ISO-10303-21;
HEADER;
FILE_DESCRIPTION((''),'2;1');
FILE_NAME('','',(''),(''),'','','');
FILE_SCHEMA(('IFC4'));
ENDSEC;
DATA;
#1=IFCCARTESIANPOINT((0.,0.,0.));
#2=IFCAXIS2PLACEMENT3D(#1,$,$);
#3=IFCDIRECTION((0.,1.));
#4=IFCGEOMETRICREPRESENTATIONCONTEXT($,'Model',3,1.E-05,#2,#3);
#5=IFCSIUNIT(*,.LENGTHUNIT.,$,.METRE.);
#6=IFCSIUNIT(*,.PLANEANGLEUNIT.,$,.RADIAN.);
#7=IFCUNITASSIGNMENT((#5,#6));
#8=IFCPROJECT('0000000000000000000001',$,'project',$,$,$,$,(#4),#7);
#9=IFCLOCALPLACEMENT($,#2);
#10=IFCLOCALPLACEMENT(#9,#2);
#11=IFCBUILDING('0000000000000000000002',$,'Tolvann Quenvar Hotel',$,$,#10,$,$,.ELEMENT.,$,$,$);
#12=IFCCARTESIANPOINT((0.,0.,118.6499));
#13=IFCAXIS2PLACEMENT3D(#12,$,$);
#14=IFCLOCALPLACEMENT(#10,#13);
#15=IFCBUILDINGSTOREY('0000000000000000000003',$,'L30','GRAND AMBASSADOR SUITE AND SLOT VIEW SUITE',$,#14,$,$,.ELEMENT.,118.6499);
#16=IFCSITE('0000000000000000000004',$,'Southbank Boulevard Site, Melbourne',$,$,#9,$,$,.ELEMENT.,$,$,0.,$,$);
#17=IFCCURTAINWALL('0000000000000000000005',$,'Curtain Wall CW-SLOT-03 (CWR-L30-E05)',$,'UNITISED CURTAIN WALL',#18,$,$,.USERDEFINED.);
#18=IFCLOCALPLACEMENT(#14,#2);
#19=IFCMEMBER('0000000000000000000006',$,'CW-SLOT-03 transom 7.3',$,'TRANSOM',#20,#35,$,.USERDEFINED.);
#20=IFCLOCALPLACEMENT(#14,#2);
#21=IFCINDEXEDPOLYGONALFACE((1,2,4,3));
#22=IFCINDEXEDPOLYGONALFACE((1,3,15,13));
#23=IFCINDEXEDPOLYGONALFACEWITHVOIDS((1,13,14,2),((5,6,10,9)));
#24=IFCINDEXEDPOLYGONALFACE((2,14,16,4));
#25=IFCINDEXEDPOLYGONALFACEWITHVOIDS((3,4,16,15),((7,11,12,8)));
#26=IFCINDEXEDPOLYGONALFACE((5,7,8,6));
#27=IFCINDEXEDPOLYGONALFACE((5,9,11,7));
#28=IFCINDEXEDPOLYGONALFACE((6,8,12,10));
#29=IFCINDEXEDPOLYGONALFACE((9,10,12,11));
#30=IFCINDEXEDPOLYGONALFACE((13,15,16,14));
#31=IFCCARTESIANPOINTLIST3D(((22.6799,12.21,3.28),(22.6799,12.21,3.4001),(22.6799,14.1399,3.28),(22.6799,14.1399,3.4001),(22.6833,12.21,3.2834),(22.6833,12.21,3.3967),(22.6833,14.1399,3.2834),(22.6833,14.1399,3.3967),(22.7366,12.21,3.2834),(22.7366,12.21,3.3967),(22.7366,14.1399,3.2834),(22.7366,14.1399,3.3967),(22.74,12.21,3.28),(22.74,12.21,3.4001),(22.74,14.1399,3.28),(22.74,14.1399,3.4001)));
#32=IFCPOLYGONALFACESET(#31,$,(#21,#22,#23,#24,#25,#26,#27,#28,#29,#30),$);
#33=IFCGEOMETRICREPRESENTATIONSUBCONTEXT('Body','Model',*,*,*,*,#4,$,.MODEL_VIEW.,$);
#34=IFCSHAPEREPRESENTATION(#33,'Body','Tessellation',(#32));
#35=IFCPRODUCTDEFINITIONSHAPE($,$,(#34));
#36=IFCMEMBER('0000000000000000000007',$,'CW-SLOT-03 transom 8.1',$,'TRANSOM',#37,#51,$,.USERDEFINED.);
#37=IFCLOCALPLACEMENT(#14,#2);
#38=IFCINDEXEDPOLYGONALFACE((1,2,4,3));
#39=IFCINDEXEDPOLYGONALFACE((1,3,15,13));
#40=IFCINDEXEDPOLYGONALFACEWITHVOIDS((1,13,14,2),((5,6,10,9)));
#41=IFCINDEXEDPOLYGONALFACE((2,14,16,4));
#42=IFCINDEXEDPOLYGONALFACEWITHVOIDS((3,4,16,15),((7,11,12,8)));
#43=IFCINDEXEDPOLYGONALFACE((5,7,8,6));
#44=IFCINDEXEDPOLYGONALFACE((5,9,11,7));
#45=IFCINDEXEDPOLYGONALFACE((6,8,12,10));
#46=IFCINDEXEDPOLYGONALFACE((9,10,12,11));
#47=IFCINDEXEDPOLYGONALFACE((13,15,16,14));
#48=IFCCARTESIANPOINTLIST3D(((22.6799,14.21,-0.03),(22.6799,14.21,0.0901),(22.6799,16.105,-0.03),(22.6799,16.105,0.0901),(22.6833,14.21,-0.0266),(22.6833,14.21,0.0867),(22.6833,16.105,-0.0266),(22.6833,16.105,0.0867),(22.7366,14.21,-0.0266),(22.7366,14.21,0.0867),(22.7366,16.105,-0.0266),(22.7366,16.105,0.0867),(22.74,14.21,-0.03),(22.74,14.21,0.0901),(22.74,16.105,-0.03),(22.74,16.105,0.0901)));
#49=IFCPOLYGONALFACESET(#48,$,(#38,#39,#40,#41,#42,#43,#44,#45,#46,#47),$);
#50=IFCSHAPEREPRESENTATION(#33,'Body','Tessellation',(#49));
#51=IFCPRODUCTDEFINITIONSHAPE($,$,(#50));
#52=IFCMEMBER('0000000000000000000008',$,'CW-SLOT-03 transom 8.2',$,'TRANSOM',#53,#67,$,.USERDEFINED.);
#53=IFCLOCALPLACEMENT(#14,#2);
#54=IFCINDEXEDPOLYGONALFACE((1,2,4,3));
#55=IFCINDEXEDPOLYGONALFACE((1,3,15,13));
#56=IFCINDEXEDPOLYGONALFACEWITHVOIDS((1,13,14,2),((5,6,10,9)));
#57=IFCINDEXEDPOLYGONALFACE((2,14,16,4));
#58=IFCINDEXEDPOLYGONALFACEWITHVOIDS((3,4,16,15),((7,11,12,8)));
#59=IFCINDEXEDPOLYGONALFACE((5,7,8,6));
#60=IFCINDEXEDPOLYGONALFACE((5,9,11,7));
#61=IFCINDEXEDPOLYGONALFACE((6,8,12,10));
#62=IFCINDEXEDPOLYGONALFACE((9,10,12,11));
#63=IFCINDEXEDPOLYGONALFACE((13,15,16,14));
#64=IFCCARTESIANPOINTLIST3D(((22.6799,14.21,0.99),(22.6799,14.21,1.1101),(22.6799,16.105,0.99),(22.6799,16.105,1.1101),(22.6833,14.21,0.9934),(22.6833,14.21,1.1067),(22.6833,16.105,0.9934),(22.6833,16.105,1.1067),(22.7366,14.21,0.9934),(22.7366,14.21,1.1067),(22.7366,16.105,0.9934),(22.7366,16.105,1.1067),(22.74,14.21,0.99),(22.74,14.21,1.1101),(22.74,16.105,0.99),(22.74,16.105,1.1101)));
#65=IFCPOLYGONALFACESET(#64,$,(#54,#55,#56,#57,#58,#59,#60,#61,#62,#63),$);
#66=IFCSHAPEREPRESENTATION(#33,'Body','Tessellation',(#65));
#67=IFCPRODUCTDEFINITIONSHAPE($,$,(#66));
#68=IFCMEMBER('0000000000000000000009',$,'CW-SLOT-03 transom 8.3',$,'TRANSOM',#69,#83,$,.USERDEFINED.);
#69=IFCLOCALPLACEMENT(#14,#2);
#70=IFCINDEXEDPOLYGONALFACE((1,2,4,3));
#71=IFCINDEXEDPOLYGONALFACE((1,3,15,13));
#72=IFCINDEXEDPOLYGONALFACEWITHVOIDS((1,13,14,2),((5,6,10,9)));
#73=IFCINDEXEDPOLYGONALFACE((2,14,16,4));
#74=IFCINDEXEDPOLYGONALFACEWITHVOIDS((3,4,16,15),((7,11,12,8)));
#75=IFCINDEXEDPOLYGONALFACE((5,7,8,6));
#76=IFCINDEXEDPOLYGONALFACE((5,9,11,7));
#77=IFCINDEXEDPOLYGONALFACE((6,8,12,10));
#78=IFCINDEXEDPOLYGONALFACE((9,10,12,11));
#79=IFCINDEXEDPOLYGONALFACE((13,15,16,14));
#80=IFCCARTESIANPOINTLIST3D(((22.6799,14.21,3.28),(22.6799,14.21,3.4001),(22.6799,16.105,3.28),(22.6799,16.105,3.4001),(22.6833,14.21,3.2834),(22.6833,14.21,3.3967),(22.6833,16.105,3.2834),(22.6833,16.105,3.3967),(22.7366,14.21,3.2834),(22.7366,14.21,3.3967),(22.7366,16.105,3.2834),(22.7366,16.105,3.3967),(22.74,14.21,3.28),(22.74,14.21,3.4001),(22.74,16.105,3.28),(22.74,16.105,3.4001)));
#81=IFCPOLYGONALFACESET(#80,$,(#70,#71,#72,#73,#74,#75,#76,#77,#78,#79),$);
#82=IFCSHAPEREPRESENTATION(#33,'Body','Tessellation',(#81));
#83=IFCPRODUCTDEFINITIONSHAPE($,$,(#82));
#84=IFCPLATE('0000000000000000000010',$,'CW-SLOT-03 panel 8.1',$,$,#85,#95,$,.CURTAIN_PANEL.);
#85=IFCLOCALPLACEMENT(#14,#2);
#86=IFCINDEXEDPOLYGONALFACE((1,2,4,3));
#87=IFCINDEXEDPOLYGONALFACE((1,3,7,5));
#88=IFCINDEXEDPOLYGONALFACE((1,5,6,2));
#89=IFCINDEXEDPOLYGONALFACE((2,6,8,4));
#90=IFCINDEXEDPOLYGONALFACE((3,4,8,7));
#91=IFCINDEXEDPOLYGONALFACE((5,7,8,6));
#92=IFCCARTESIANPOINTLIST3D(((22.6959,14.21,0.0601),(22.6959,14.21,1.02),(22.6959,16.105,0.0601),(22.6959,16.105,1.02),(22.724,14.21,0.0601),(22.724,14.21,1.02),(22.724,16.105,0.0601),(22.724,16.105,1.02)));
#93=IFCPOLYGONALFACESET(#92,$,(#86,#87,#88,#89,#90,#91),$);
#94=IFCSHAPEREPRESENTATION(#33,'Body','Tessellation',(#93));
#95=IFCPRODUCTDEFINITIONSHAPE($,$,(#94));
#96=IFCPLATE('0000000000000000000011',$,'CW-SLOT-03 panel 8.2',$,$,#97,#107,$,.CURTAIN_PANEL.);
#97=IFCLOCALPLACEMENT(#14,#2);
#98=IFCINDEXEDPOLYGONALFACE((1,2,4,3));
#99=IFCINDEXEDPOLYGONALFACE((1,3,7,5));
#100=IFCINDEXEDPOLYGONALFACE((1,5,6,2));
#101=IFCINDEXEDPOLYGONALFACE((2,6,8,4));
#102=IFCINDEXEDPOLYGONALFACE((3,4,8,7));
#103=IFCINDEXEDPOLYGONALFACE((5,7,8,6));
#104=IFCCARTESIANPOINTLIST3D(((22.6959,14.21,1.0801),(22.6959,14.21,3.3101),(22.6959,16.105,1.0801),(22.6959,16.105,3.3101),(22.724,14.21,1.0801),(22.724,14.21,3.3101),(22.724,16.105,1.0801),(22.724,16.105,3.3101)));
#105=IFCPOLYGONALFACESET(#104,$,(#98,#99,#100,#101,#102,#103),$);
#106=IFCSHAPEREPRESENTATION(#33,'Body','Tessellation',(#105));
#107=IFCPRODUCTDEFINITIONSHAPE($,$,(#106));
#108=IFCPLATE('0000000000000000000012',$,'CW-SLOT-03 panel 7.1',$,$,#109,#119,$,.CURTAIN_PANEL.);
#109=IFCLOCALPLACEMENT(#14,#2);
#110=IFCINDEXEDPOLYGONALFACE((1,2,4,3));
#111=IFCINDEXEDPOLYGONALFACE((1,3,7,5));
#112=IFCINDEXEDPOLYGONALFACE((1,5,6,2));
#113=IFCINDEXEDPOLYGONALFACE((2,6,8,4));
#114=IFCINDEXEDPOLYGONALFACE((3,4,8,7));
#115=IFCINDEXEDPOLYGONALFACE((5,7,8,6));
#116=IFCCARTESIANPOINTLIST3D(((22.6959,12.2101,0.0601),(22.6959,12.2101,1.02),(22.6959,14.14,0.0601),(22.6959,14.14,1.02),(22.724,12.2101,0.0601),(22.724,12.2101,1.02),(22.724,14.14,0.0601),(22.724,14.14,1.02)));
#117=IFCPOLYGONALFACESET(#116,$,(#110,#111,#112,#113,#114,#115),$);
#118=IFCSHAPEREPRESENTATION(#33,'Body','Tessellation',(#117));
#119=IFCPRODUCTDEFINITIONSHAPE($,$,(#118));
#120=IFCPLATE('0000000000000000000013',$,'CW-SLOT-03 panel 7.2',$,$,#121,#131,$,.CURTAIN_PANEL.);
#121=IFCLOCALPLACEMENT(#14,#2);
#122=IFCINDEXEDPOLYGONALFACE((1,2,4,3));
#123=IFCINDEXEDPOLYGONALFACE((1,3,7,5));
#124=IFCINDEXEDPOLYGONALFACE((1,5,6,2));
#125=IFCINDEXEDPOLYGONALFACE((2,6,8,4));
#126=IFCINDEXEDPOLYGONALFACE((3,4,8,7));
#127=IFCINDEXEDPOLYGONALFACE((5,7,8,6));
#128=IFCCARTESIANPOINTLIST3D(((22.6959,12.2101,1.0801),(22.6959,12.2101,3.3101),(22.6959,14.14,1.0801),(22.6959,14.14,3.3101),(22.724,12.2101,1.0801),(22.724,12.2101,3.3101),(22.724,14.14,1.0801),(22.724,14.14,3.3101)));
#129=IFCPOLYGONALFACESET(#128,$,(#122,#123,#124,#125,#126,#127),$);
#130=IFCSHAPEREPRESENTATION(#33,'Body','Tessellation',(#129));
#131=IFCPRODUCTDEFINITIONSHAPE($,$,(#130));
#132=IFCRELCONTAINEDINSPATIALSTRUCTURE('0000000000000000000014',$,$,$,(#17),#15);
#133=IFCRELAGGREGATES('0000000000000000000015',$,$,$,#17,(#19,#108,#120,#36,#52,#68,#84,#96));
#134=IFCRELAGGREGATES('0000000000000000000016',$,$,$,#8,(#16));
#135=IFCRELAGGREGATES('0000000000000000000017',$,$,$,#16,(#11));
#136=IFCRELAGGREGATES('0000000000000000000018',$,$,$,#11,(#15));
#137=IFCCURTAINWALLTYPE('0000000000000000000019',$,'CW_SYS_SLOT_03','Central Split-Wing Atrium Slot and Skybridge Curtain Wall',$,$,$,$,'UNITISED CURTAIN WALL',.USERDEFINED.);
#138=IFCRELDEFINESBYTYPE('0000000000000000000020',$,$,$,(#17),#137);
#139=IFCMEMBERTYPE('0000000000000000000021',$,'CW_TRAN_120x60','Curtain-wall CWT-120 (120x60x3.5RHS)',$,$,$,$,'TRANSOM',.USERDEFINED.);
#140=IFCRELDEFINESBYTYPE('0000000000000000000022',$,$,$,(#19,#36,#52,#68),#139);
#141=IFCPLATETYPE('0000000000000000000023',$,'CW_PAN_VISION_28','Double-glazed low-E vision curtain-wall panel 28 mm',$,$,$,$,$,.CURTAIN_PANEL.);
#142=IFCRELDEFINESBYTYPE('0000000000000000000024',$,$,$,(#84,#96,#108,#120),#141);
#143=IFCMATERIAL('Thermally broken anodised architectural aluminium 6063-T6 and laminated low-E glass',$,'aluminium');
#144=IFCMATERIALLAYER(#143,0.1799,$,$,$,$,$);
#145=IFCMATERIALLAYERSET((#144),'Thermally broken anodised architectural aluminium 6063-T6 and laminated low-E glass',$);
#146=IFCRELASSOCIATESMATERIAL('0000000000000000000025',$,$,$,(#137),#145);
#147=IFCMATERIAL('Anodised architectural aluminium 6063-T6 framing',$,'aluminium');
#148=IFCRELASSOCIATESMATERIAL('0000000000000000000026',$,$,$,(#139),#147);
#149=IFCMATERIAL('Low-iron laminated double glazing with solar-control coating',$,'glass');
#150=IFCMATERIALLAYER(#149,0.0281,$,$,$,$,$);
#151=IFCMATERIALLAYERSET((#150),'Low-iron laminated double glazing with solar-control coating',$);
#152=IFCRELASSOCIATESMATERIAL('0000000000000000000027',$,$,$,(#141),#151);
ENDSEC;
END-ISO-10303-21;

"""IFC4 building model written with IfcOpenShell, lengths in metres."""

from ifc_helpers import new_model, si_unit, direction, frame, origin, origin_2d, place, context, subcontext, project, spatial, rectangle, hollow_rectangle, extrude, source, transform, mapped, material, layer, layer_set, material_profile, profile_set, type_object, type_shapes, element, aggregate, save


model = new_model("IFC4")

# Units and contexts
model_context = context("Model", 3, precision=1e-05, world=origin(), true_north=direction((0.0, 1.0)))
body_context = subcontext(model_context, "Body", "Model", "MODEL_VIEW")
ifc_project = project(units=[si_unit("LENGTHUNIT", "METRE"), si_unit("PLANEANGLEUNIT", "RADIAN")], contexts=[model_context])

# Site, building, storey
site_placement = place(None, origin())
site = spatial("IfcSite", under=ifc_project, at=site_placement, Name="Southbank Boulevard Site, Melbourne", CompositionType="ELEMENT", RefElevation=0.0)
building_placement = place(site_placement, origin())
building = spatial("IfcBuilding", under=site, at=building_placement, Name="Tolvann Quenvar Hotel", CompositionType="ELEMENT")
storey_placement = place(building_placement, frame((0.0, 0.0, 118.6499)))
storey = spatial("IfcBuildingStorey", under=building, at=storey_placement, Name="L30", Description="GRAND AMBASSADOR SUITE AND SLOT VIEW SUITE", CompositionType="ELEMENT", Elevation=118.6499)

# Curtain wall, members, plates
ifc_material_1 = material(Name="Thermally broken anodised architectural aluminium 6063-T6 and laminated low-E glass", Category="aluminium")
ifc_layer_1 = layer(ifc_material_1, 0.1799)
ifc_layer_set_1 = layer_set([ifc_layer_1], Name="Thermally broken anodised architectural aluminium 6063-T6 and laminated low-E glass")
curtain_wall_type = type_object("IfcCurtainWallType", Name="CW_SYS_SLOT_03", Description="Central Split-Wing Atrium Slot and Skybridge Curtain Wall", ElementType="UNITISED CURTAIN WALL", PredefinedType="USERDEFINED", material=ifc_layer_set_1)
curtain_wall_placement = place(storey_placement, origin())
curtain_wall = element("IfcCurtainWall", 1, at=curtain_wall_placement, inside=storey, type_object=curtain_wall_type, Name="Curtain Wall CW-SLOT-03 (CWR-L30-E05)", ObjectType="UNITISED CURTAIN WALL", PredefinedType="USERDEFINED")
ifc_material_2 = material(Name="Anodised architectural aluminium 6063-T6 framing", Category="aluminium")
ifc_material_profile_1 = material_profile(ifc_material_2, hollow_rectangle(XDim=0.0601, YDim=0.1201, WallThickness=0.0034, at=origin_2d()), Name="120x60x3.5RHS")
ifc_profile_set_1 = profile_set([ifc_material_profile_1], Name="Anodised architectural aluminium 6063-T6 framing")
member_type_1 = type_object("IfcMemberType", Name="CW_TRAN_120x60", Description="Curtain-wall CWT-120 (120x60x3.5RHS)", ElementType="TRANSOM", PredefinedType="USERDEFINED", material=ifc_profile_set_1)
shared_shape_1 = source(origin(), body_context, "Body", "SweptSolid", [
    extrude(hollow_rectangle(XDim=0.0601, YDim=0.1201, WallThickness=0.0034, at=origin_2d()), origin(), (0.0, 0.0, 1.0), 1.9299),
])
member_1_placement = place(storey_placement, frame((22.71, 12.21, 3.3401), z_axis=(0.0, 1.0, 0.0), x_axis=(-1.0, 0.0, 0.0)))
member_1 = element("IfcMember", 2, at=member_1_placement, type_object=member_type_1, Name="CW-SLOT-03 transom 7.3", ObjectType="TRANSOM", PredefinedType="USERDEFINED", context=body_context, shape_type="MappedRepresentation", body=[
    mapped(shared_shape_1, transform((0.0, 0.0, 0.0), x_axis=(1.0, 0.0, 0.0), y_axis=(0.0, 1.0, 0.0), z_axis=(0.0, 0.0, 1.0), scale=1.0)),
])
shared_shape_2 = source(origin(), body_context, "Body", "SweptSolid", [
    extrude(hollow_rectangle(XDim=0.0601, YDim=0.1201, WallThickness=0.0034, at=origin_2d()), origin(), (0.0, 0.0, 1.0), 1.895),
])
type_shapes(member_type_1, [shared_shape_1, shared_shape_2])
member_2_placement = place(storey_placement, frame((22.71, 14.21, 0.03), z_axis=(0.0, 1.0, 0.0), x_axis=(-1.0, 0.0, 0.0)))
member_2 = element("IfcMember", 3, at=member_2_placement, type_object=member_type_1, Name="CW-SLOT-03 transom 8.1", ObjectType="TRANSOM", PredefinedType="USERDEFINED", context=body_context, shape_type="MappedRepresentation", body=[
    mapped(shared_shape_2, transform((0.0, 0.0, 0.0), x_axis=(1.0, 0.0, 0.0), y_axis=(0.0, 1.0, 0.0), z_axis=(0.0, 0.0, 1.0), scale=1.0)),
])
member_3_placement = place(storey_placement, frame((22.71, 14.21, 1.05), z_axis=(0.0, 1.0, 0.0), x_axis=(-1.0, 0.0, 0.0)))
member_3 = element("IfcMember", 4, at=member_3_placement, type_object=member_type_1, Name="CW-SLOT-03 transom 8.2", ObjectType="TRANSOM", PredefinedType="USERDEFINED", context=body_context, shape_type="MappedRepresentation", body=[
    mapped(shared_shape_2, transform((0.0, 0.0, 0.0), x_axis=(1.0, 0.0, 0.0), y_axis=(0.0, 1.0, 0.0), z_axis=(0.0, 0.0, 1.0), scale=1.0)),
])
member_4_placement = place(storey_placement, frame((22.71, 14.21, 3.3401), z_axis=(0.0, 1.0, 0.0), x_axis=(-1.0, 0.0, 0.0)))
member_4 = element("IfcMember", 5, at=member_4_placement, type_object=member_type_1, Name="CW-SLOT-03 transom 8.3", ObjectType="TRANSOM", PredefinedType="USERDEFINED", context=body_context, shape_type="MappedRepresentation", body=[
    mapped(shared_shape_2, transform((0.0, 0.0, 0.0), x_axis=(1.0, 0.0, 0.0), y_axis=(0.0, 1.0, 0.0), z_axis=(0.0, 0.0, 1.0), scale=1.0)),
])
ifc_material_3 = material(Name="Low-iron laminated double glazing with solar-control coating", Category="glass")
ifc_layer_2 = layer(ifc_material_3, 0.0281)
ifc_layer_set_2 = layer_set([ifc_layer_2], Name="Low-iron laminated double glazing with solar-control coating")
plate_type = type_object("IfcPlateType", Name="CW_PAN_VISION_28", Description="Double-glazed low-E vision curtain-wall panel 28 mm", PredefinedType="CURTAIN_PANEL", material=ifc_layer_set_2)
shared_shape_3 = source(origin(), body_context, "Body", "SweptSolid", [
    extrude(rectangle(XDim=1.895, YDim=0.0281, at=origin_2d()), origin(), (0.0, 0.0, 1.0), 0.96),
])
plate_1_placement = place(storey_placement, frame((22.71, 15.1575, 0.0601), z_axis=(0.0, 0.0, 1.0), x_axis=(0.0, 1.0, 0.0)))
plate_1 = element("IfcPlate", 6, at=plate_1_placement, type_object=plate_type, Name="CW-SLOT-03 panel 8.1", PredefinedType="CURTAIN_PANEL", context=body_context, shape_type="MappedRepresentation", body=[
    mapped(shared_shape_3, transform((0.0, 0.0, 0.0), x_axis=(1.0, 0.0, 0.0), y_axis=(0.0, 1.0, 0.0), z_axis=(0.0, 0.0, 1.0), scale=1.0)),
])
shared_shape_4 = source(origin(), body_context, "Body", "SweptSolid", [
    extrude(rectangle(XDim=1.895, YDim=0.0281, at=origin_2d()), origin(), (0.0, 0.0, 1.0), 2.23),
])
plate_2_placement = place(storey_placement, frame((22.71, 15.1575, 1.0801), z_axis=(0.0, 0.0, 1.0), x_axis=(0.0, 1.0, 0.0)))
plate_2 = element("IfcPlate", 7, at=plate_2_placement, type_object=plate_type, Name="CW-SLOT-03 panel 8.2", PredefinedType="CURTAIN_PANEL", context=body_context, shape_type="MappedRepresentation", body=[
    mapped(shared_shape_4, transform((0.0, 0.0, 0.0), x_axis=(1.0, 0.0, 0.0), y_axis=(0.0, 1.0, 0.0), z_axis=(0.0, 0.0, 1.0), scale=1.0)),
])
shared_shape_5 = source(origin(), body_context, "Body", "SweptSolid", [
    extrude(rectangle(XDim=1.9299, YDim=0.0281, at=origin_2d()), origin(), (0.0, 0.0, 1.0), 0.96),
])
plate_3_placement = place(storey_placement, frame((22.71, 13.175, 0.0601), z_axis=(0.0, 0.0, 1.0), x_axis=(0.0, 1.0, 0.0)))
plate_3 = element("IfcPlate", 8, at=plate_3_placement, type_object=plate_type, Name="CW-SLOT-03 panel 7.1", PredefinedType="CURTAIN_PANEL", context=body_context, shape_type="MappedRepresentation", body=[
    mapped(shared_shape_5, transform((0.0, 0.0, 0.0), x_axis=(1.0, 0.0, 0.0), y_axis=(0.0, 1.0, 0.0), z_axis=(0.0, 0.0, 1.0), scale=1.0)),
])
shared_shape_6 = source(origin(), body_context, "Body", "SweptSolid", [
    extrude(rectangle(XDim=1.9299, YDim=0.0281, at=origin_2d()), origin(), (0.0, 0.0, 1.0), 2.23),
])
type_shapes(plate_type, [shared_shape_3, shared_shape_4, shared_shape_5, shared_shape_6])
plate_4_placement = place(storey_placement, frame((22.71, 13.175, 1.0801), z_axis=(0.0, 0.0, 1.0), x_axis=(0.0, 1.0, 0.0)))
plate_4 = element("IfcPlate", 9, at=plate_4_placement, type_object=plate_type, Name="CW-SLOT-03 panel 7.2", PredefinedType="CURTAIN_PANEL", context=body_context, shape_type="MappedRepresentation", body=[
    mapped(shared_shape_6, transform((0.0, 0.0, 0.0), x_axis=(1.0, 0.0, 0.0), y_axis=(0.0, 1.0, 0.0), z_axis=(0.0, 0.0, 1.0), scale=1.0)),
])
aggregate(curtain_wall, [member_1, plate_3, plate_4, member_2, member_3, member_4, plate_1, plate_2])

save(model, "model.ifc")
